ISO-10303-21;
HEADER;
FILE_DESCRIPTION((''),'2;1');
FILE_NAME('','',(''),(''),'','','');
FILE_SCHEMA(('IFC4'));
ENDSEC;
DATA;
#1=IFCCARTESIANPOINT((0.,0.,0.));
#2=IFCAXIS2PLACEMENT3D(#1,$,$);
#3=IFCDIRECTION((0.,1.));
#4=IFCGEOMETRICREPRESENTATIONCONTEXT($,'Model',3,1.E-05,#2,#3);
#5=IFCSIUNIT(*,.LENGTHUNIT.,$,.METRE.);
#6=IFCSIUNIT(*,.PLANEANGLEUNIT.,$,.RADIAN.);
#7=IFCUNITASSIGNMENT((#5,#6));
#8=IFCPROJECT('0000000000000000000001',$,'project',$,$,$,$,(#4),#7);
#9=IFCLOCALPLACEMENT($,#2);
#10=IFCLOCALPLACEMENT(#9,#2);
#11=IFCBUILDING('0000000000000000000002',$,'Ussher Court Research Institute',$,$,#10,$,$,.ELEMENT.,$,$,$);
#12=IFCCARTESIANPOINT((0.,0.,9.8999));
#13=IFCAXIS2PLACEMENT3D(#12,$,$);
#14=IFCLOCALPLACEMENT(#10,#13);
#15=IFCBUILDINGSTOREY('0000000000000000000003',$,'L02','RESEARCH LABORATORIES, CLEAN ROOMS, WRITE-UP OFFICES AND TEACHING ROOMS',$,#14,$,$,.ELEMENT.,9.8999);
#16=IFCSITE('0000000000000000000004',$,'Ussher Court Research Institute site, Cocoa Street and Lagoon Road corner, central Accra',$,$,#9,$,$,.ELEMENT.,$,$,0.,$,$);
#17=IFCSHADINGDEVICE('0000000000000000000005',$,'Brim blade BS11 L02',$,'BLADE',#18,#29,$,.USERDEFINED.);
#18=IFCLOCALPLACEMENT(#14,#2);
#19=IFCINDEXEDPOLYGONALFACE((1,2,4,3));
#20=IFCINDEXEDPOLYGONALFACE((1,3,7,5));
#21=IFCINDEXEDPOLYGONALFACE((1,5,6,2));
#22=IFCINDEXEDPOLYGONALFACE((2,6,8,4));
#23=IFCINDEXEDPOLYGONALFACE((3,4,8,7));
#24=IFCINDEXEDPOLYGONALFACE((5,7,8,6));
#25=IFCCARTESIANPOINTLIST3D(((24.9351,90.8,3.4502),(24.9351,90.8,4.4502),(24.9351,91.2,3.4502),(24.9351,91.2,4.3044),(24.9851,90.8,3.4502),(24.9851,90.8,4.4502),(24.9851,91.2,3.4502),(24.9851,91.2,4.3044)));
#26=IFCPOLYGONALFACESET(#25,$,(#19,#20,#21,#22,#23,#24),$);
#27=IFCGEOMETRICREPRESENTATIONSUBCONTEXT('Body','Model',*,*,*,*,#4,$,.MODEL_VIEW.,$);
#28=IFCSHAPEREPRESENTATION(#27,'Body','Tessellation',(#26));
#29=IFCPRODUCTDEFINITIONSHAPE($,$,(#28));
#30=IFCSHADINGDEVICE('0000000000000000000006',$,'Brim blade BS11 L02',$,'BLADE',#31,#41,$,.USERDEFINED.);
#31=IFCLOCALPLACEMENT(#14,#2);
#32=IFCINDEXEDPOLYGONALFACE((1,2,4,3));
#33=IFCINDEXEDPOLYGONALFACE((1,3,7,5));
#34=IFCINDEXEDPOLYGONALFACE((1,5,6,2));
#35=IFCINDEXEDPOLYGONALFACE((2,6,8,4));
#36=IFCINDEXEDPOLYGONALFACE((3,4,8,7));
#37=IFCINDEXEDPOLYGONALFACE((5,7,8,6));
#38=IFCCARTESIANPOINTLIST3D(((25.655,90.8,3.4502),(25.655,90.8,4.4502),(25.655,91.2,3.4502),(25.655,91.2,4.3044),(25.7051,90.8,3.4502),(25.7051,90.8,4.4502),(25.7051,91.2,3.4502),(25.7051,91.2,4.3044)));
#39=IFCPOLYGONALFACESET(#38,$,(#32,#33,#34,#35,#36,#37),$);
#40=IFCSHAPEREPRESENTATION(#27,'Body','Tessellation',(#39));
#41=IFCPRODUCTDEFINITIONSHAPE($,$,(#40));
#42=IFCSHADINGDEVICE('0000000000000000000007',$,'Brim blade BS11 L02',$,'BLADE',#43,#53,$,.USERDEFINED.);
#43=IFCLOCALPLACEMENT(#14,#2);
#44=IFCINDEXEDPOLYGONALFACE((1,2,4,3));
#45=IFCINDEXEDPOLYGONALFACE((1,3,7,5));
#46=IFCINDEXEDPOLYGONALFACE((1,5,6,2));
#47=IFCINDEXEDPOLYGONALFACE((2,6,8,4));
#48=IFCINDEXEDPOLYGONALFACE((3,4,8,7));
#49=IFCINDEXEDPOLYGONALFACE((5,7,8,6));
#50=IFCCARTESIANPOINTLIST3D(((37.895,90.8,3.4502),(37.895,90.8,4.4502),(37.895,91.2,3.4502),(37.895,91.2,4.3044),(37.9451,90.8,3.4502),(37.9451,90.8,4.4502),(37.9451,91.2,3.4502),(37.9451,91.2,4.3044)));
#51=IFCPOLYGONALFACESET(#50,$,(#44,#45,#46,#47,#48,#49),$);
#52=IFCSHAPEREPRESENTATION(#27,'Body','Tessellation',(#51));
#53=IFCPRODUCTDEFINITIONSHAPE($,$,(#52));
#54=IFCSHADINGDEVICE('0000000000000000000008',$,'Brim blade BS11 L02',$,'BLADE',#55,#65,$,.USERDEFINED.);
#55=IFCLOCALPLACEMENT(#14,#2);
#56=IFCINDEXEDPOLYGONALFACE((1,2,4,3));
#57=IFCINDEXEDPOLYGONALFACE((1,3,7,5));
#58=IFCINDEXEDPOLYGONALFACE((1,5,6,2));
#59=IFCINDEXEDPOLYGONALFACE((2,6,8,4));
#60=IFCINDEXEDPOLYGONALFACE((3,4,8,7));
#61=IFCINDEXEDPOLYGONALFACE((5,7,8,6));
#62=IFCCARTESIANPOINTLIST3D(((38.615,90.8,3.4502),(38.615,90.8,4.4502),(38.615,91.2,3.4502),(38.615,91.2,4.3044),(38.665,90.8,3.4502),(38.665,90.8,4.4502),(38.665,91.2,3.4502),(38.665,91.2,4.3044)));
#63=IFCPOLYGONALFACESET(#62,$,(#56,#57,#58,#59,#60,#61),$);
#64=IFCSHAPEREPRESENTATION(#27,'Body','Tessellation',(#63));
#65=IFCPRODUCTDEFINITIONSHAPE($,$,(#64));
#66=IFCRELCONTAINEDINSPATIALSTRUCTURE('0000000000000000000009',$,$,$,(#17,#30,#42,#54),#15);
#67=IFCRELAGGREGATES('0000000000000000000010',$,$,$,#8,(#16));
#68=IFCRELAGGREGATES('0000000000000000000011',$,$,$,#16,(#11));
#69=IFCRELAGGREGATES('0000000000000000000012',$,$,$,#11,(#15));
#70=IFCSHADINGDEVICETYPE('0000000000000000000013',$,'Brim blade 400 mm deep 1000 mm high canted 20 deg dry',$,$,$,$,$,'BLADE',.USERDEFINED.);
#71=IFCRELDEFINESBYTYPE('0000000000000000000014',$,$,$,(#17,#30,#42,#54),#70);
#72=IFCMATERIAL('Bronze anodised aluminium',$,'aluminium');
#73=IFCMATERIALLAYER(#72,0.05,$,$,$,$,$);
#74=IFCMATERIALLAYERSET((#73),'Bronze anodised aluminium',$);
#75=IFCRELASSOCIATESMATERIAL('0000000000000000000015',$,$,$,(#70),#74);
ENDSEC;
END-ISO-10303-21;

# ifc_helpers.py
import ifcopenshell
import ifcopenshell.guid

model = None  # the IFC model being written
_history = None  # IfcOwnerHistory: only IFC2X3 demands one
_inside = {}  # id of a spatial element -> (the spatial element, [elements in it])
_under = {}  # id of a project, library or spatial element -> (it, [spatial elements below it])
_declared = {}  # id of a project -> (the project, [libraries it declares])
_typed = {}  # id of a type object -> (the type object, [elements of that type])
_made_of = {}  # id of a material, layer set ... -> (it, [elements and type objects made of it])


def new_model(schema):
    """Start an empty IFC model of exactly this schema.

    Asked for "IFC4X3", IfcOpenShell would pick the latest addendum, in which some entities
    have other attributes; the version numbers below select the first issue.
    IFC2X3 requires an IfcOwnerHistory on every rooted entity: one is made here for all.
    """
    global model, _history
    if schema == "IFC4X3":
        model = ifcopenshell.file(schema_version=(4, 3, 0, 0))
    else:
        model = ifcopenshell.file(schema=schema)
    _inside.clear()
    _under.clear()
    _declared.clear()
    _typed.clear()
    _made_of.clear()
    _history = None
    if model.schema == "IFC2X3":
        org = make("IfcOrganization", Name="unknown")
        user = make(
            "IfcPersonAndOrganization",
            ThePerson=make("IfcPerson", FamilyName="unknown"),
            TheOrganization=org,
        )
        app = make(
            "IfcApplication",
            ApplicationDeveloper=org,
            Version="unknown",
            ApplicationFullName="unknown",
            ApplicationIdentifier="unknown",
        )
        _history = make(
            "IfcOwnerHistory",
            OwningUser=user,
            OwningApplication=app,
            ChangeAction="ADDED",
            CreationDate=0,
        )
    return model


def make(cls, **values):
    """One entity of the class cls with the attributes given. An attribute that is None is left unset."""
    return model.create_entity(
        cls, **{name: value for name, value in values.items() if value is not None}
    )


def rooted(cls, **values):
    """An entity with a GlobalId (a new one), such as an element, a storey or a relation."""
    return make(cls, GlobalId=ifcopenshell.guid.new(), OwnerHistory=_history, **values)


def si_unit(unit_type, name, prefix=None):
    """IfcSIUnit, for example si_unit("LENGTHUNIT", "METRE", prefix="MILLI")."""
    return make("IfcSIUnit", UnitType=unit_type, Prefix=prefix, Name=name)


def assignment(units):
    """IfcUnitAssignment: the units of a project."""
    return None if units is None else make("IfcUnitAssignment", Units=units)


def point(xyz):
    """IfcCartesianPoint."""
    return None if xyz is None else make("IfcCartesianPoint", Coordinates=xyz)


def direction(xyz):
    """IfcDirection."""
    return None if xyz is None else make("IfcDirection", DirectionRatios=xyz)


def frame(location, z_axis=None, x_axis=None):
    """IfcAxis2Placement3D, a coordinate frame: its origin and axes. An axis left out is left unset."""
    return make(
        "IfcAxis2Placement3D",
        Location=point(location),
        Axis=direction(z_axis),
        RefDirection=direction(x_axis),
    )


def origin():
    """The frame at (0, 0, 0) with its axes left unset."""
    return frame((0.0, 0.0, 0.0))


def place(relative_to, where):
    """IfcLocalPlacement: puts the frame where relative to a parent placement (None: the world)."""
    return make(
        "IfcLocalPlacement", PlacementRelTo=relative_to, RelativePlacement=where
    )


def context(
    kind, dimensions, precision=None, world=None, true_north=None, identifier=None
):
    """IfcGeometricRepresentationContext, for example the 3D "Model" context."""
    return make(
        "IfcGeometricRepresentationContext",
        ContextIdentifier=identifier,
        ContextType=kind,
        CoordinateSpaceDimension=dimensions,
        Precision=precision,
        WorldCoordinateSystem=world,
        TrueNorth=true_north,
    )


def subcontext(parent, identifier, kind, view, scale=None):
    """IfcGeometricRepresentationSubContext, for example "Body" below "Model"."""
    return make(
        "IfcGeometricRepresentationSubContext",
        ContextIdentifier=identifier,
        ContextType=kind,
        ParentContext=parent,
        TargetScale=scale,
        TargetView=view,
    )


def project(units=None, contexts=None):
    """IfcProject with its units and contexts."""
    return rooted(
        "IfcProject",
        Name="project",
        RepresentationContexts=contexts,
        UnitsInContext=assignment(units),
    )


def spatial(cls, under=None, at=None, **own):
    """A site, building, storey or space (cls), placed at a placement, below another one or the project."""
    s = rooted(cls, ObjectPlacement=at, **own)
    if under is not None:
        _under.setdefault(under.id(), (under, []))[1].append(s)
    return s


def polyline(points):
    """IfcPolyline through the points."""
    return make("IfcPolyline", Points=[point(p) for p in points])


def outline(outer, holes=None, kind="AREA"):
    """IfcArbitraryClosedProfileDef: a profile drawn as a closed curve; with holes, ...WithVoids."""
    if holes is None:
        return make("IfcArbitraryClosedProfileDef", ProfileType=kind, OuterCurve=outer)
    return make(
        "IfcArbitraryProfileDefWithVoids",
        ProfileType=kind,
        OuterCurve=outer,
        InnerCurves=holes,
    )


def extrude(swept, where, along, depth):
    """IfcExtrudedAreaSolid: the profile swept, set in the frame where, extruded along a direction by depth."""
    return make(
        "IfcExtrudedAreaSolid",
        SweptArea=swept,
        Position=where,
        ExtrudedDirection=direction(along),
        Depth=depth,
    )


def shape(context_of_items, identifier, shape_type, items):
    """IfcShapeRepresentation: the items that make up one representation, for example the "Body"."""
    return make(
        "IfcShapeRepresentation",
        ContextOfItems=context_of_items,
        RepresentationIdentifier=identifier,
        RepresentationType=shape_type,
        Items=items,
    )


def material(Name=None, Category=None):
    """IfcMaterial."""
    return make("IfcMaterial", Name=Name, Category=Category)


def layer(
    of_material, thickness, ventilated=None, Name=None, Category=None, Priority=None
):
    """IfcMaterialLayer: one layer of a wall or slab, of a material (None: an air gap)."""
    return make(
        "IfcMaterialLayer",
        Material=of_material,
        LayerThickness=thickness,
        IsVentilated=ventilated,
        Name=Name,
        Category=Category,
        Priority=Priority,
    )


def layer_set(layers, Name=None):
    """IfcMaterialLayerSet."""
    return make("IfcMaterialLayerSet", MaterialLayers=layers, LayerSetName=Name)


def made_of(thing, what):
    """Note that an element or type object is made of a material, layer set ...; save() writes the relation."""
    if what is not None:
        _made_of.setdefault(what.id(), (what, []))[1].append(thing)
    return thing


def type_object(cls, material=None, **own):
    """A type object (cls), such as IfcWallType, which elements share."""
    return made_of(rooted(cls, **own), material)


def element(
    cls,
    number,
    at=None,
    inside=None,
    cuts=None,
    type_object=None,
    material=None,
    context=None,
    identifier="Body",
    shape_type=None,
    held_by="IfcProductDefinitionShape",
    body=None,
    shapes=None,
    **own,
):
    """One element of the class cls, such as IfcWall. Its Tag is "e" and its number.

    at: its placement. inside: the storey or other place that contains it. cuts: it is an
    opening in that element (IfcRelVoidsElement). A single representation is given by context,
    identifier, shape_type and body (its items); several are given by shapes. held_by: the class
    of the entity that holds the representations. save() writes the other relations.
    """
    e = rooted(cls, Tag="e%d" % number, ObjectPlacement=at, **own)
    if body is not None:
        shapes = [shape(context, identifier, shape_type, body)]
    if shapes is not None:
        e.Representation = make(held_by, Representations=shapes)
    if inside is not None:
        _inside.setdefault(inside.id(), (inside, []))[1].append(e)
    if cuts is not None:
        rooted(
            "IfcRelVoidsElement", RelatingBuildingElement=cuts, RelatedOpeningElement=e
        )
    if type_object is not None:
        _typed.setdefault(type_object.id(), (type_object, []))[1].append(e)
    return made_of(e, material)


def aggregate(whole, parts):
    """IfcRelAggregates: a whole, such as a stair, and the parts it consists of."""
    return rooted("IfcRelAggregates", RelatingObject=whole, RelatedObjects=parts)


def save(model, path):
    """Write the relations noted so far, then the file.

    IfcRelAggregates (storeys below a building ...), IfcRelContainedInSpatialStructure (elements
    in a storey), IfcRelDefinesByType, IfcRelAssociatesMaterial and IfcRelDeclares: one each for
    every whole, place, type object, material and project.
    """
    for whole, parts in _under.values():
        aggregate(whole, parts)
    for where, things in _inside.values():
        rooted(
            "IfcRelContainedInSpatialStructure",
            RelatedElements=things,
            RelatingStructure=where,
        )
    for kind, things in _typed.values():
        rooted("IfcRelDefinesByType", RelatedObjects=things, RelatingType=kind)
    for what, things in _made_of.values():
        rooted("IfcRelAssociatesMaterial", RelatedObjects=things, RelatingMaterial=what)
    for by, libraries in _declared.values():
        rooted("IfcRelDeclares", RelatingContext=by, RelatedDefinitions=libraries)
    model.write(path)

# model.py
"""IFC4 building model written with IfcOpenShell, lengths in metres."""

from ifc_helpers import new_model, si_unit, direction, frame, origin, place, context, subcontext, project, spatial, polyline, outline, extrude, material, layer, layer_set, type_object, element, save


model = new_model("IFC4")

# Units and contexts
model_context = context("Model", 3, precision=1e-05, world=origin(), true_north=direction((0.0, 1.0)))
body_context = subcontext(model_context, "Body", "Model", "MODEL_VIEW")
ifc_project = project(units=[si_unit("LENGTHUNIT", "METRE"), si_unit("PLANEANGLEUNIT", "RADIAN")], contexts=[model_context])

# Site, building, storey
site_placement = place(None, origin())
site = spatial("IfcSite", under=ifc_project, at=site_placement, Name="Ussher Court Research Institute site, Cocoa Street and Lagoon Road corner, central Accra", CompositionType="ELEMENT", RefElevation=0.0)
building_placement = place(site_placement, origin())
building = spatial("IfcBuilding", under=site, at=building_placement, Name="Ussher Court Research Institute", CompositionType="ELEMENT")
storey_placement = place(building_placement, frame((0.0, 0.0, 9.8999)))
storey = spatial("IfcBuildingStorey", under=building, at=storey_placement, Name="L02", Description="RESEARCH LABORATORIES, CLEAN ROOMS, WRITE-UP OFFICES AND TEACHING ROOMS", CompositionType="ELEMENT", Elevation=9.8999)

# Shading devices
ifc_material_1 = material(Name="Bronze anodised aluminium", Category="aluminium")
ifc_layer_1 = layer(ifc_material_1, 0.05)
ifc_layer_set_1 = layer_set([ifc_layer_1], Name="Bronze anodised aluminium")
shading_device_type_1 = type_object("IfcShadingDeviceType", Name="Brim blade 400 mm deep 1000 mm high canted 20 deg dry", ElementType="BLADE", PredefinedType="USERDEFINED", material=ifc_layer_set_1)
for number, where, z_axis, x_axis, name in (
    (1, (24.96, 90.8, 3.4502), (0.0, 0.0, 1.0), (0.0, 1.0, 0.0), "Brim blade BS11 L02"),
    (2, (25.6799, 90.8, 3.4502), (0.0, 0.0, 1.0), (0.0, 1.0, 0.0), "Brim blade BS11 L02"),
    (3, (37.9199, 90.8, 3.4502), (0.0, 0.0, 1.0), (0.0, 1.0, 0.0), "Brim blade BS11 L02"),
    (4, (38.6399, 90.8, 3.4502), (0.0, 0.0, 1.0), (0.0, 1.0, 0.0), "Brim blade BS11 L02"),
):
    element("IfcShadingDevice", number, at=place(storey_placement, frame(where, z_axis=z_axis, x_axis=x_axis)), inside=storey, type_object=shading_device_type_1, Name=name, ObjectType="BLADE", PredefinedType="USERDEFINED", context=body_context, shape_type="SweptSolid", body=[
        extrude(outline(polyline([(0.0, 0.0), (0.3999, 0.0), (0.3999, 0.8542), (0.0, 1.0), (0.0, 0.0)])), frame((0.0, 0.0249, 0.0), z_axis=(0.0, -1.0, 0.0), x_axis=(1.0, 0.0, 0.0)), (0.0, 0.0, 1.0), 0.05),
    ])

save(model, "model.ifc")
